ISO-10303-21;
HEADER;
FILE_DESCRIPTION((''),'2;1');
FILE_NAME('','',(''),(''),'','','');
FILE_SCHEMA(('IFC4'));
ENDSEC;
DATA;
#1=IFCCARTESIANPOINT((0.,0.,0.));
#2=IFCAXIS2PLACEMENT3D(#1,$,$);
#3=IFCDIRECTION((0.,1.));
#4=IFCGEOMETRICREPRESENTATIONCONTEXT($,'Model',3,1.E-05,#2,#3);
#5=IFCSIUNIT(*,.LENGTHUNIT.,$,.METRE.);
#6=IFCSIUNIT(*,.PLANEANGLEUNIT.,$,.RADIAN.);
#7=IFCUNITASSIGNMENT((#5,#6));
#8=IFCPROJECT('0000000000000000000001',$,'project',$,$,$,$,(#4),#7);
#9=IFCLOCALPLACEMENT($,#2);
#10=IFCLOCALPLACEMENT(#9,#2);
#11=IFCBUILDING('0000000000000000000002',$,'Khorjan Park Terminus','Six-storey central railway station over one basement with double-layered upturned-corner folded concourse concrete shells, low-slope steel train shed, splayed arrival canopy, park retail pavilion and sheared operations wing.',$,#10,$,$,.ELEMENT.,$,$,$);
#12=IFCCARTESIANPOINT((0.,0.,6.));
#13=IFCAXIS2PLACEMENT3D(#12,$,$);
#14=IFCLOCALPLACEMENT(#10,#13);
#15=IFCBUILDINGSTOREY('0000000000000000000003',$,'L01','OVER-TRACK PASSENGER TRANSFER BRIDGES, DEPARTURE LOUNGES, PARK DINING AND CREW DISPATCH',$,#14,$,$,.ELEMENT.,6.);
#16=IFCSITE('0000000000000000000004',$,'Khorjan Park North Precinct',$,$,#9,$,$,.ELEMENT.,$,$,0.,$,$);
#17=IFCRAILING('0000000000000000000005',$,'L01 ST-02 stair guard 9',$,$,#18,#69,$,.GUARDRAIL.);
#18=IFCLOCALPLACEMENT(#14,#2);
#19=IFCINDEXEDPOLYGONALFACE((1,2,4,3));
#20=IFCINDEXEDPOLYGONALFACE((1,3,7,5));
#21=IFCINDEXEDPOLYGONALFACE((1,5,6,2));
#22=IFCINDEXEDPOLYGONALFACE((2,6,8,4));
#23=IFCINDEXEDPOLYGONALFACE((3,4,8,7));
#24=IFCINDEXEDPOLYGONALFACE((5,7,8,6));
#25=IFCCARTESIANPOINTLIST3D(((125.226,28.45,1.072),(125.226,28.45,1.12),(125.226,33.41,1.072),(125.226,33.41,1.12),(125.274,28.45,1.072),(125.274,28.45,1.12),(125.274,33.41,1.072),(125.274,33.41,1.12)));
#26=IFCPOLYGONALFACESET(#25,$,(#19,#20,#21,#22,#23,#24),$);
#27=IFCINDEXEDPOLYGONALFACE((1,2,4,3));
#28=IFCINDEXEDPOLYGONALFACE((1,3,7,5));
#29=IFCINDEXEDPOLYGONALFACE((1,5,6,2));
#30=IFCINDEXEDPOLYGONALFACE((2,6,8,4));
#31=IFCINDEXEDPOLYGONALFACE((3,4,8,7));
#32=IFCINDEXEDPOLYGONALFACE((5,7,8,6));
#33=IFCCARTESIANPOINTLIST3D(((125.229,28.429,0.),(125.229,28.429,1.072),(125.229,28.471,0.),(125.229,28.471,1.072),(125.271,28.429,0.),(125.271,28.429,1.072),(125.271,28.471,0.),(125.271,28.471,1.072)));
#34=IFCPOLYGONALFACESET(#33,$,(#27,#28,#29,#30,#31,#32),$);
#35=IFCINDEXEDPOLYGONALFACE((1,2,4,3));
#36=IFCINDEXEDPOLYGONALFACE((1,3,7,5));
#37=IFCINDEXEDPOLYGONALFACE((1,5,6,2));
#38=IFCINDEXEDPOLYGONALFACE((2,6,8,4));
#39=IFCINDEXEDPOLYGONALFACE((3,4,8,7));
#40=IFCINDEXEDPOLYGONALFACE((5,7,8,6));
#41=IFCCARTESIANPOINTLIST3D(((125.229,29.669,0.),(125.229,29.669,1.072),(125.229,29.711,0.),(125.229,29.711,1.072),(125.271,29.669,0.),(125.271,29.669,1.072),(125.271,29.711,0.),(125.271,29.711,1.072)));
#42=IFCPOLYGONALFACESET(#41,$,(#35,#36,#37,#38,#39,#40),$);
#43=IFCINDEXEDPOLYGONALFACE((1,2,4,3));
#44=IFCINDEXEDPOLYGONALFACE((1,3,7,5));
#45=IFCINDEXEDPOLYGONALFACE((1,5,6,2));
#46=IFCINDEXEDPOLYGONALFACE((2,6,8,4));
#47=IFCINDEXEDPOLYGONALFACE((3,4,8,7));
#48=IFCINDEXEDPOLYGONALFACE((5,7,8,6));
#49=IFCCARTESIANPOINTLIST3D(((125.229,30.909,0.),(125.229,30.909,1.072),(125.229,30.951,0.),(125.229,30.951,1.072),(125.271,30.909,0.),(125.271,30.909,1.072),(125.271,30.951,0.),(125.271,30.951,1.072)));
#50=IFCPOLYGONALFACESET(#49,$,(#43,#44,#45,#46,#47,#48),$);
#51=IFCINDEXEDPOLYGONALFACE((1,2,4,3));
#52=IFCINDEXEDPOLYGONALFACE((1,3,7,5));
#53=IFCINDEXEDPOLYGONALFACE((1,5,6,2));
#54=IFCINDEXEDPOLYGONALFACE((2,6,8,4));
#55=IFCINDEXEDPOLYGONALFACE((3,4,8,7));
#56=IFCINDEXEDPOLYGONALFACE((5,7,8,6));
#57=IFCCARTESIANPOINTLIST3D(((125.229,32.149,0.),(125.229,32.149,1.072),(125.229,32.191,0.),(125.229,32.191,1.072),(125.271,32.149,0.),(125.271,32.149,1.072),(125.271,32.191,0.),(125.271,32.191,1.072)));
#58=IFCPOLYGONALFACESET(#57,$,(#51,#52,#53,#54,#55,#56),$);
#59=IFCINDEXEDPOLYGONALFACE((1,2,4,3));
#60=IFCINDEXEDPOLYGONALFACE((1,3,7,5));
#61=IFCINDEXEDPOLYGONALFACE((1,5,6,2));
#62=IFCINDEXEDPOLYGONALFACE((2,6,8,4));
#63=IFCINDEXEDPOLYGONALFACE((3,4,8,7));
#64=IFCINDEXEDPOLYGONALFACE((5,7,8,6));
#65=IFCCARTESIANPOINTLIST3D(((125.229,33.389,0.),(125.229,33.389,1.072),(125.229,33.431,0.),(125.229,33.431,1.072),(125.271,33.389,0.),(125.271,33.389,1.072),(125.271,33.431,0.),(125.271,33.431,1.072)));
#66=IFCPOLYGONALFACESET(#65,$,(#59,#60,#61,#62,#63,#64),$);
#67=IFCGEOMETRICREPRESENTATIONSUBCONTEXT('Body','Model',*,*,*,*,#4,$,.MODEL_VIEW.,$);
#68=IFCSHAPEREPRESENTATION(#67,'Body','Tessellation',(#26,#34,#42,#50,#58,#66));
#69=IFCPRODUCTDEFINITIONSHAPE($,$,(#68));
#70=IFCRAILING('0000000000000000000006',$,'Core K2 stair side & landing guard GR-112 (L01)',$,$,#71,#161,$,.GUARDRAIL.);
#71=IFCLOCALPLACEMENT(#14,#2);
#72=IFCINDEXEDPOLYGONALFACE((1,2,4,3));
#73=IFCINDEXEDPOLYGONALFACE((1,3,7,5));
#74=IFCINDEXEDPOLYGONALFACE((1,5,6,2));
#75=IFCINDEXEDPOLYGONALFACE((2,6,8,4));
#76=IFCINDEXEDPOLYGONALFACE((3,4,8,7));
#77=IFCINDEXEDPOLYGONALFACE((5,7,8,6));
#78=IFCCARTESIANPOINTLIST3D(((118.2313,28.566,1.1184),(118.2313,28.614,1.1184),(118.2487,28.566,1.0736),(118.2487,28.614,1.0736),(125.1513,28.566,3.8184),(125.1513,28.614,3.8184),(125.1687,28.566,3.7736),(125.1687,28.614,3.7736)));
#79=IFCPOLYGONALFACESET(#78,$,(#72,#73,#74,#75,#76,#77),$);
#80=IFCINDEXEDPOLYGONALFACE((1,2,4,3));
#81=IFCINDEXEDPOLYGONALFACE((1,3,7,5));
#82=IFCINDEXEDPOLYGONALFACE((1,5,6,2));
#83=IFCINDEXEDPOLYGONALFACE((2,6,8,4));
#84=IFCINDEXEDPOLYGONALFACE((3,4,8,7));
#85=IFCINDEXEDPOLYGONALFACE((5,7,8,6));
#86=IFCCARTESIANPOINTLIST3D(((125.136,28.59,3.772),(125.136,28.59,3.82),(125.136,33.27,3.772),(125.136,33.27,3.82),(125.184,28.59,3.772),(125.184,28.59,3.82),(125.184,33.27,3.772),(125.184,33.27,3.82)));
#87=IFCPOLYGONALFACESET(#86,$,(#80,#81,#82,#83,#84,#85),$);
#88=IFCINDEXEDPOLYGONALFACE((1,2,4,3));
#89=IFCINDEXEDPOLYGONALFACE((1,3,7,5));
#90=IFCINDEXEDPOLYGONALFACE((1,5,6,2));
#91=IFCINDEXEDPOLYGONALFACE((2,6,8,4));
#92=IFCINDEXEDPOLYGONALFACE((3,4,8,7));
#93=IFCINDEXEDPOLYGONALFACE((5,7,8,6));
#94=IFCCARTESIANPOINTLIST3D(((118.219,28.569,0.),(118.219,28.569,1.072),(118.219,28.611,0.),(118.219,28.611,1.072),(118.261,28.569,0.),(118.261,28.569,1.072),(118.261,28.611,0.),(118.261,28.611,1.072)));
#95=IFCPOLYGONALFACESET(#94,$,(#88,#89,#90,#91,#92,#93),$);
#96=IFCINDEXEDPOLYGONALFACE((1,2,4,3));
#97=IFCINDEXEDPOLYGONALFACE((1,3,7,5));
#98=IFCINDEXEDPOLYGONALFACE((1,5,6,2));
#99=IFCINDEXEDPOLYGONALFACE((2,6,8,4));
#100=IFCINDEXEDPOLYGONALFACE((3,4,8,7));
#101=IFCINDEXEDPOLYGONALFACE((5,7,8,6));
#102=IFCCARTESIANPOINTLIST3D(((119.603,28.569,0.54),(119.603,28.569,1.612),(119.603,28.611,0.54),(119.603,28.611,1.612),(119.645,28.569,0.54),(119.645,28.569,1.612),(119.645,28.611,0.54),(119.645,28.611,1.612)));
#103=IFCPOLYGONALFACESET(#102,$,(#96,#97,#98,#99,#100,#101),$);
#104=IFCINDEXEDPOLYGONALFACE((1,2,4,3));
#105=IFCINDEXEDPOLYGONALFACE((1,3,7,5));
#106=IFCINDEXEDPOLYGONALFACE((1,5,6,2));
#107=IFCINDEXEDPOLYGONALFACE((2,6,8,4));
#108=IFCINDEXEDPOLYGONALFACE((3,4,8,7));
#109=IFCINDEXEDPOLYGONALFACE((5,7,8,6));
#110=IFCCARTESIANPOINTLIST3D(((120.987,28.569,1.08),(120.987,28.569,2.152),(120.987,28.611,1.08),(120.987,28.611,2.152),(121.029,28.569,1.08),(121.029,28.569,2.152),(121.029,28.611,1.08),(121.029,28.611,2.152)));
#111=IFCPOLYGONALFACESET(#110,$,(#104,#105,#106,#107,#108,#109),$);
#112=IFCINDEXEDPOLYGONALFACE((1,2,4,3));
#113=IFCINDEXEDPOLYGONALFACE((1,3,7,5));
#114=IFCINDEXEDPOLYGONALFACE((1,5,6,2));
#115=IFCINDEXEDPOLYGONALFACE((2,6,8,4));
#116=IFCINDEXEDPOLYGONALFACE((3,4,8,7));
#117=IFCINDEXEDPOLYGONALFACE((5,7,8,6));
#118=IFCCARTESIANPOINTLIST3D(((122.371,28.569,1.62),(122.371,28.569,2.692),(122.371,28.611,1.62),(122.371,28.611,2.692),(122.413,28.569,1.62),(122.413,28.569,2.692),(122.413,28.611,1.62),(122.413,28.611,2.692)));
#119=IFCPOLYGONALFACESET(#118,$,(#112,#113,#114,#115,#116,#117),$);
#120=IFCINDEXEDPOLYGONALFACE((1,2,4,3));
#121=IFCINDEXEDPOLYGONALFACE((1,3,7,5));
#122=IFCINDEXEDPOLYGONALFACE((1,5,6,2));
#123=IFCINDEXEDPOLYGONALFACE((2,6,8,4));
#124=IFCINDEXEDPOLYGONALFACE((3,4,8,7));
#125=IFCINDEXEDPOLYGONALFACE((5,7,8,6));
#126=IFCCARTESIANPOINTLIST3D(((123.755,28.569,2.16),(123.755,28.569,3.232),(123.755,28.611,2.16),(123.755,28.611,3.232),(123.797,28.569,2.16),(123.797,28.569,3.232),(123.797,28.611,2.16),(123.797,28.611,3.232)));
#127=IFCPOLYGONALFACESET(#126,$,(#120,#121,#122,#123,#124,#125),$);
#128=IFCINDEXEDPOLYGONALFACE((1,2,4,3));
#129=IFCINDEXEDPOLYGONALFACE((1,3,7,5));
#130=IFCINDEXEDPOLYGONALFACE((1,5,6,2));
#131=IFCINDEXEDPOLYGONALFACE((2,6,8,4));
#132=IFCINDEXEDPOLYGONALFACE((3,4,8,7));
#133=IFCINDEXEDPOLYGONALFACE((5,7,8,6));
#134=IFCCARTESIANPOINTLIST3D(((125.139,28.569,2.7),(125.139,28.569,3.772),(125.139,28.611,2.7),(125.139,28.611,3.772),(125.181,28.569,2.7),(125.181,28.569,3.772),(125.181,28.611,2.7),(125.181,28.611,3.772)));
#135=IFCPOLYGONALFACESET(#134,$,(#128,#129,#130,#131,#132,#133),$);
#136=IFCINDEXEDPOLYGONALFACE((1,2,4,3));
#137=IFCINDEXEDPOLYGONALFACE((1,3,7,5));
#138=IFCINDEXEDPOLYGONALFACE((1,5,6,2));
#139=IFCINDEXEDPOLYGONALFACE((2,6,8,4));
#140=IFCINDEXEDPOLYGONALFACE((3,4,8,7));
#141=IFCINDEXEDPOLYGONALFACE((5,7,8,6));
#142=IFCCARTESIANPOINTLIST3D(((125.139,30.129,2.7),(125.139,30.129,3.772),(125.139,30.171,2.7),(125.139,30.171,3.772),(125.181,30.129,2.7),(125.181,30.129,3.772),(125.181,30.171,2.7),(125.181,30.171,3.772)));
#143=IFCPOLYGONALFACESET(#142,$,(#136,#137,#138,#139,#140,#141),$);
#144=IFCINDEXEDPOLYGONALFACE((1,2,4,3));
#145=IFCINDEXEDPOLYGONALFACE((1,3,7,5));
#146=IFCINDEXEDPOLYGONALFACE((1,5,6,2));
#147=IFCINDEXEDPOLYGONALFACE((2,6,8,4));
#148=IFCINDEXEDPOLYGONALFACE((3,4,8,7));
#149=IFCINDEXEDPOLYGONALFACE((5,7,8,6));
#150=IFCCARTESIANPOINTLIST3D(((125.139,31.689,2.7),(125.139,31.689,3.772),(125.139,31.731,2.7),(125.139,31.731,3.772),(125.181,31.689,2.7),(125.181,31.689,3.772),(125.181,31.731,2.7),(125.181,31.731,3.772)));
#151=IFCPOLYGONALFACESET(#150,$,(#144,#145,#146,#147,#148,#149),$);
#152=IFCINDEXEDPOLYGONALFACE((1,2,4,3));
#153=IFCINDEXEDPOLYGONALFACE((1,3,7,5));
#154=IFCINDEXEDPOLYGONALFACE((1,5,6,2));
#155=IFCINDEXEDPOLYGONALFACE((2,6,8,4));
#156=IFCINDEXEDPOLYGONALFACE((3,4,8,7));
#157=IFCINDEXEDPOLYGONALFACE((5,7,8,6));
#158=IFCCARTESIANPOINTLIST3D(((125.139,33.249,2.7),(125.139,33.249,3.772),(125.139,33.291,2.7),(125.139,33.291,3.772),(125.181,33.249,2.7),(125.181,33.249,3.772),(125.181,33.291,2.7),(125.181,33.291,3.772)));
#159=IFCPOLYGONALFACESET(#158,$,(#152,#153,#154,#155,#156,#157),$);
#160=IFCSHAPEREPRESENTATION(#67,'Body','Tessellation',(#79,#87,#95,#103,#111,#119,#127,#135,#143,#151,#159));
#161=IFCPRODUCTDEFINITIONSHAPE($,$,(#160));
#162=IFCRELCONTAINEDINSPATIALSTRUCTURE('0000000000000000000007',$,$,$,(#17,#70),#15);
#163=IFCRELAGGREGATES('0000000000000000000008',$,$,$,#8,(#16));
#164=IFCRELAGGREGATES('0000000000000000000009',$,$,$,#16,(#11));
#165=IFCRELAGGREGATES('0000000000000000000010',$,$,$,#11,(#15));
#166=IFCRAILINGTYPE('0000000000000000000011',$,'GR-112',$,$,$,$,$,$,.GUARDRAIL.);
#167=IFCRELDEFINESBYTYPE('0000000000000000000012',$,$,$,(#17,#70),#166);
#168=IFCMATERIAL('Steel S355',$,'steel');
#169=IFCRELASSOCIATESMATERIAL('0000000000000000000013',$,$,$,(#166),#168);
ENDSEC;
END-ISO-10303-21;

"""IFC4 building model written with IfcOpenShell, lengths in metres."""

from ifc_helpers import new_model, si_unit, direction, frame, origin, origin_2d, place, context, subcontext, project, spatial, rectangle, extrude, material, type_object, element, save


model = new_model("IFC4")

# Units and contexts
model_context = context("Model", 3, precision=1e-05, world=origin(), true_north=direction((0.0, 1.0)))
body_context = subcontext(model_context, "Body", "Model", "MODEL_VIEW")
ifc_project = project(units=[si_unit("LENGTHUNIT", "METRE"), si_unit("PLANEANGLEUNIT", "RADIAN")], contexts=[model_context])

# Site, building, storey
site_placement = place(None, origin())
site = spatial("IfcSite", under=ifc_project, at=site_placement, Name="Khorjan Park North Precinct", CompositionType="ELEMENT", RefElevation=0.0)
building_placement = place(site_placement, origin())
building = spatial("IfcBuilding", under=site, at=building_placement, Name="Khorjan Park Terminus", Description="Six-storey central railway station over one basement with double-layered upturned-corner folded concourse concrete shells, low-slope steel train shed, splayed arrival canopy, park retail pavilion and sheared operations wing.", CompositionType="ELEMENT")
storey_placement = place(building_placement, frame((0.0, 0.0, 6.0)))
storey = spatial("IfcBuildingStorey", under=building, at=storey_placement, Name="L01", Description="OVER-TRACK PASSENGER TRANSFER BRIDGES, DEPARTURE LOUNGES, PARK DINING AND CREW DISPATCH", CompositionType="ELEMENT", Elevation=6.0)

# Railings
ifc_material_1 = material(Name="Steel S355", Category="steel")
railing_type = type_object("IfcRailingType", Name="GR-112", PredefinedType="GUARDRAIL", material=ifc_material_1)
railing_1_placement = place(storey_placement, frame((125.25, 28.45, 0.0)))
element("IfcRailing", 1, at=railing_1_placement, inside=storey, type_object=railing_type, Name="L01 ST-02 stair guard 9", PredefinedType="GUARDRAIL", context=body_context, shape_type="SweptSolid", body=[
    extrude(rectangle(XDim=0.048, YDim=0.048, at=origin_2d()), frame((0.0, 0.0, 1.096), z_axis=(0.0, 1.0, 0.0), x_axis=(-1.0, 0.0, 0.0)), (0.0, 0.0, 1.0), 4.96),
    extrude(rectangle(XDim=0.042, YDim=0.042, at=origin_2d()), origin(), (0.0, 0.0, 1.0), 1.072),
    extrude(rectangle(XDim=0.042, YDim=0.042, at=origin_2d()), frame((0.0, 1.24, 0.0)), (0.0, 0.0, 1.0), 1.072),
    extrude(rectangle(XDim=0.042, YDim=0.042, at=origin_2d()), frame((0.0, 2.48, 0.0)), (0.0, 0.0, 1.0), 1.072),
    extrude(rectangle(XDim=0.042, YDim=0.042, at=origin_2d()), frame((0.0, 3.72, 0.0)), (0.0, 0.0, 1.0), 1.072),
    extrude(rectangle(XDim=0.042, YDim=0.042, at=origin_2d()), frame((0.0, 4.96, 0.0)), (0.0, 0.0, 1.0), 1.072),
])
railing_2_placement = place(storey_placement, frame((118.24, 28.59, 0.0)))
element("IfcRailing", 2, at=railing_2_placement, inside=storey, type_object=railing_type, Name="Core K2 stair side & landing guard GR-112 (L01)", PredefinedType="GUARDRAIL", context=body_context, shape_type="SweptSolid", body=[
    extrude(rectangle(XDim=0.048, YDim=0.048, at=origin_2d()), frame((0.0, 0.0, 1.096), z_axis=(0.9316, 0.0, 0.363485), x_axis=(0.0, 1.0, 0.0)), (0.0, 0.0, 1.0), 7.4281),
    extrude(rectangle(XDim=0.048, YDim=0.048, at=origin_2d()), frame((6.92, 0.0, 3.796), z_axis=(0.0, 1.0, 0.0), x_axis=(-1.0, 0.0, 0.0)), (0.0, 0.0, 1.0), 4.68),
    extrude(rectangle(XDim=0.042, YDim=0.042, at=origin_2d()), origin(), (0.0, 0.0, 1.0), 1.072),
    extrude(rectangle(XDim=0.042, YDim=0.042, at=origin_2d()), frame((1.384, 0.0, 0.54)), (0.0, 0.0, 1.0), 1.072),
    extrude(rectangle(XDim=0.042, YDim=0.042, at=origin_2d()), frame((2.768, 0.0, 1.08)), (0.0, 0.0, 1.0), 1.072),
    extrude(rectangle(XDim=0.042, YDim=0.042, at=origin_2d()), frame((4.152, 0.0, 1.62)), (0.0, 0.0, 1.0), 1.072),
    extrude(rectangle(XDim=0.042, YDim=0.042, at=origin_2d()), frame((5.536, 0.0, 2.16)), (0.0, 0.0, 1.0), 1.072),
    extrude(rectangle(XDim=0.042, YDim=0.042, at=origin_2d()), frame((6.92, 0.0, 2.7)), (0.0, 0.0, 1.0), 1.072),
    extrude(rectangle(XDim=0.042, YDim=0.042, at=origin_2d()), frame((6.92, 1.56, 2.7)), (0.0, 0.0, 1.0), 1.072),
    extrude(rectangle(XDim=0.042, YDim=0.042, at=origin_2d()), frame((6.92, 3.12, 2.7)), (0.0, 0.0, 1.0), 1.072),
    extrude(rectangle(XDim=0.042, YDim=0.042, at=origin_2d()), frame((6.92, 4.68, 2.7)), (0.0, 0.0, 1.0), 1.072),
])

save(model, "model.ifc")
